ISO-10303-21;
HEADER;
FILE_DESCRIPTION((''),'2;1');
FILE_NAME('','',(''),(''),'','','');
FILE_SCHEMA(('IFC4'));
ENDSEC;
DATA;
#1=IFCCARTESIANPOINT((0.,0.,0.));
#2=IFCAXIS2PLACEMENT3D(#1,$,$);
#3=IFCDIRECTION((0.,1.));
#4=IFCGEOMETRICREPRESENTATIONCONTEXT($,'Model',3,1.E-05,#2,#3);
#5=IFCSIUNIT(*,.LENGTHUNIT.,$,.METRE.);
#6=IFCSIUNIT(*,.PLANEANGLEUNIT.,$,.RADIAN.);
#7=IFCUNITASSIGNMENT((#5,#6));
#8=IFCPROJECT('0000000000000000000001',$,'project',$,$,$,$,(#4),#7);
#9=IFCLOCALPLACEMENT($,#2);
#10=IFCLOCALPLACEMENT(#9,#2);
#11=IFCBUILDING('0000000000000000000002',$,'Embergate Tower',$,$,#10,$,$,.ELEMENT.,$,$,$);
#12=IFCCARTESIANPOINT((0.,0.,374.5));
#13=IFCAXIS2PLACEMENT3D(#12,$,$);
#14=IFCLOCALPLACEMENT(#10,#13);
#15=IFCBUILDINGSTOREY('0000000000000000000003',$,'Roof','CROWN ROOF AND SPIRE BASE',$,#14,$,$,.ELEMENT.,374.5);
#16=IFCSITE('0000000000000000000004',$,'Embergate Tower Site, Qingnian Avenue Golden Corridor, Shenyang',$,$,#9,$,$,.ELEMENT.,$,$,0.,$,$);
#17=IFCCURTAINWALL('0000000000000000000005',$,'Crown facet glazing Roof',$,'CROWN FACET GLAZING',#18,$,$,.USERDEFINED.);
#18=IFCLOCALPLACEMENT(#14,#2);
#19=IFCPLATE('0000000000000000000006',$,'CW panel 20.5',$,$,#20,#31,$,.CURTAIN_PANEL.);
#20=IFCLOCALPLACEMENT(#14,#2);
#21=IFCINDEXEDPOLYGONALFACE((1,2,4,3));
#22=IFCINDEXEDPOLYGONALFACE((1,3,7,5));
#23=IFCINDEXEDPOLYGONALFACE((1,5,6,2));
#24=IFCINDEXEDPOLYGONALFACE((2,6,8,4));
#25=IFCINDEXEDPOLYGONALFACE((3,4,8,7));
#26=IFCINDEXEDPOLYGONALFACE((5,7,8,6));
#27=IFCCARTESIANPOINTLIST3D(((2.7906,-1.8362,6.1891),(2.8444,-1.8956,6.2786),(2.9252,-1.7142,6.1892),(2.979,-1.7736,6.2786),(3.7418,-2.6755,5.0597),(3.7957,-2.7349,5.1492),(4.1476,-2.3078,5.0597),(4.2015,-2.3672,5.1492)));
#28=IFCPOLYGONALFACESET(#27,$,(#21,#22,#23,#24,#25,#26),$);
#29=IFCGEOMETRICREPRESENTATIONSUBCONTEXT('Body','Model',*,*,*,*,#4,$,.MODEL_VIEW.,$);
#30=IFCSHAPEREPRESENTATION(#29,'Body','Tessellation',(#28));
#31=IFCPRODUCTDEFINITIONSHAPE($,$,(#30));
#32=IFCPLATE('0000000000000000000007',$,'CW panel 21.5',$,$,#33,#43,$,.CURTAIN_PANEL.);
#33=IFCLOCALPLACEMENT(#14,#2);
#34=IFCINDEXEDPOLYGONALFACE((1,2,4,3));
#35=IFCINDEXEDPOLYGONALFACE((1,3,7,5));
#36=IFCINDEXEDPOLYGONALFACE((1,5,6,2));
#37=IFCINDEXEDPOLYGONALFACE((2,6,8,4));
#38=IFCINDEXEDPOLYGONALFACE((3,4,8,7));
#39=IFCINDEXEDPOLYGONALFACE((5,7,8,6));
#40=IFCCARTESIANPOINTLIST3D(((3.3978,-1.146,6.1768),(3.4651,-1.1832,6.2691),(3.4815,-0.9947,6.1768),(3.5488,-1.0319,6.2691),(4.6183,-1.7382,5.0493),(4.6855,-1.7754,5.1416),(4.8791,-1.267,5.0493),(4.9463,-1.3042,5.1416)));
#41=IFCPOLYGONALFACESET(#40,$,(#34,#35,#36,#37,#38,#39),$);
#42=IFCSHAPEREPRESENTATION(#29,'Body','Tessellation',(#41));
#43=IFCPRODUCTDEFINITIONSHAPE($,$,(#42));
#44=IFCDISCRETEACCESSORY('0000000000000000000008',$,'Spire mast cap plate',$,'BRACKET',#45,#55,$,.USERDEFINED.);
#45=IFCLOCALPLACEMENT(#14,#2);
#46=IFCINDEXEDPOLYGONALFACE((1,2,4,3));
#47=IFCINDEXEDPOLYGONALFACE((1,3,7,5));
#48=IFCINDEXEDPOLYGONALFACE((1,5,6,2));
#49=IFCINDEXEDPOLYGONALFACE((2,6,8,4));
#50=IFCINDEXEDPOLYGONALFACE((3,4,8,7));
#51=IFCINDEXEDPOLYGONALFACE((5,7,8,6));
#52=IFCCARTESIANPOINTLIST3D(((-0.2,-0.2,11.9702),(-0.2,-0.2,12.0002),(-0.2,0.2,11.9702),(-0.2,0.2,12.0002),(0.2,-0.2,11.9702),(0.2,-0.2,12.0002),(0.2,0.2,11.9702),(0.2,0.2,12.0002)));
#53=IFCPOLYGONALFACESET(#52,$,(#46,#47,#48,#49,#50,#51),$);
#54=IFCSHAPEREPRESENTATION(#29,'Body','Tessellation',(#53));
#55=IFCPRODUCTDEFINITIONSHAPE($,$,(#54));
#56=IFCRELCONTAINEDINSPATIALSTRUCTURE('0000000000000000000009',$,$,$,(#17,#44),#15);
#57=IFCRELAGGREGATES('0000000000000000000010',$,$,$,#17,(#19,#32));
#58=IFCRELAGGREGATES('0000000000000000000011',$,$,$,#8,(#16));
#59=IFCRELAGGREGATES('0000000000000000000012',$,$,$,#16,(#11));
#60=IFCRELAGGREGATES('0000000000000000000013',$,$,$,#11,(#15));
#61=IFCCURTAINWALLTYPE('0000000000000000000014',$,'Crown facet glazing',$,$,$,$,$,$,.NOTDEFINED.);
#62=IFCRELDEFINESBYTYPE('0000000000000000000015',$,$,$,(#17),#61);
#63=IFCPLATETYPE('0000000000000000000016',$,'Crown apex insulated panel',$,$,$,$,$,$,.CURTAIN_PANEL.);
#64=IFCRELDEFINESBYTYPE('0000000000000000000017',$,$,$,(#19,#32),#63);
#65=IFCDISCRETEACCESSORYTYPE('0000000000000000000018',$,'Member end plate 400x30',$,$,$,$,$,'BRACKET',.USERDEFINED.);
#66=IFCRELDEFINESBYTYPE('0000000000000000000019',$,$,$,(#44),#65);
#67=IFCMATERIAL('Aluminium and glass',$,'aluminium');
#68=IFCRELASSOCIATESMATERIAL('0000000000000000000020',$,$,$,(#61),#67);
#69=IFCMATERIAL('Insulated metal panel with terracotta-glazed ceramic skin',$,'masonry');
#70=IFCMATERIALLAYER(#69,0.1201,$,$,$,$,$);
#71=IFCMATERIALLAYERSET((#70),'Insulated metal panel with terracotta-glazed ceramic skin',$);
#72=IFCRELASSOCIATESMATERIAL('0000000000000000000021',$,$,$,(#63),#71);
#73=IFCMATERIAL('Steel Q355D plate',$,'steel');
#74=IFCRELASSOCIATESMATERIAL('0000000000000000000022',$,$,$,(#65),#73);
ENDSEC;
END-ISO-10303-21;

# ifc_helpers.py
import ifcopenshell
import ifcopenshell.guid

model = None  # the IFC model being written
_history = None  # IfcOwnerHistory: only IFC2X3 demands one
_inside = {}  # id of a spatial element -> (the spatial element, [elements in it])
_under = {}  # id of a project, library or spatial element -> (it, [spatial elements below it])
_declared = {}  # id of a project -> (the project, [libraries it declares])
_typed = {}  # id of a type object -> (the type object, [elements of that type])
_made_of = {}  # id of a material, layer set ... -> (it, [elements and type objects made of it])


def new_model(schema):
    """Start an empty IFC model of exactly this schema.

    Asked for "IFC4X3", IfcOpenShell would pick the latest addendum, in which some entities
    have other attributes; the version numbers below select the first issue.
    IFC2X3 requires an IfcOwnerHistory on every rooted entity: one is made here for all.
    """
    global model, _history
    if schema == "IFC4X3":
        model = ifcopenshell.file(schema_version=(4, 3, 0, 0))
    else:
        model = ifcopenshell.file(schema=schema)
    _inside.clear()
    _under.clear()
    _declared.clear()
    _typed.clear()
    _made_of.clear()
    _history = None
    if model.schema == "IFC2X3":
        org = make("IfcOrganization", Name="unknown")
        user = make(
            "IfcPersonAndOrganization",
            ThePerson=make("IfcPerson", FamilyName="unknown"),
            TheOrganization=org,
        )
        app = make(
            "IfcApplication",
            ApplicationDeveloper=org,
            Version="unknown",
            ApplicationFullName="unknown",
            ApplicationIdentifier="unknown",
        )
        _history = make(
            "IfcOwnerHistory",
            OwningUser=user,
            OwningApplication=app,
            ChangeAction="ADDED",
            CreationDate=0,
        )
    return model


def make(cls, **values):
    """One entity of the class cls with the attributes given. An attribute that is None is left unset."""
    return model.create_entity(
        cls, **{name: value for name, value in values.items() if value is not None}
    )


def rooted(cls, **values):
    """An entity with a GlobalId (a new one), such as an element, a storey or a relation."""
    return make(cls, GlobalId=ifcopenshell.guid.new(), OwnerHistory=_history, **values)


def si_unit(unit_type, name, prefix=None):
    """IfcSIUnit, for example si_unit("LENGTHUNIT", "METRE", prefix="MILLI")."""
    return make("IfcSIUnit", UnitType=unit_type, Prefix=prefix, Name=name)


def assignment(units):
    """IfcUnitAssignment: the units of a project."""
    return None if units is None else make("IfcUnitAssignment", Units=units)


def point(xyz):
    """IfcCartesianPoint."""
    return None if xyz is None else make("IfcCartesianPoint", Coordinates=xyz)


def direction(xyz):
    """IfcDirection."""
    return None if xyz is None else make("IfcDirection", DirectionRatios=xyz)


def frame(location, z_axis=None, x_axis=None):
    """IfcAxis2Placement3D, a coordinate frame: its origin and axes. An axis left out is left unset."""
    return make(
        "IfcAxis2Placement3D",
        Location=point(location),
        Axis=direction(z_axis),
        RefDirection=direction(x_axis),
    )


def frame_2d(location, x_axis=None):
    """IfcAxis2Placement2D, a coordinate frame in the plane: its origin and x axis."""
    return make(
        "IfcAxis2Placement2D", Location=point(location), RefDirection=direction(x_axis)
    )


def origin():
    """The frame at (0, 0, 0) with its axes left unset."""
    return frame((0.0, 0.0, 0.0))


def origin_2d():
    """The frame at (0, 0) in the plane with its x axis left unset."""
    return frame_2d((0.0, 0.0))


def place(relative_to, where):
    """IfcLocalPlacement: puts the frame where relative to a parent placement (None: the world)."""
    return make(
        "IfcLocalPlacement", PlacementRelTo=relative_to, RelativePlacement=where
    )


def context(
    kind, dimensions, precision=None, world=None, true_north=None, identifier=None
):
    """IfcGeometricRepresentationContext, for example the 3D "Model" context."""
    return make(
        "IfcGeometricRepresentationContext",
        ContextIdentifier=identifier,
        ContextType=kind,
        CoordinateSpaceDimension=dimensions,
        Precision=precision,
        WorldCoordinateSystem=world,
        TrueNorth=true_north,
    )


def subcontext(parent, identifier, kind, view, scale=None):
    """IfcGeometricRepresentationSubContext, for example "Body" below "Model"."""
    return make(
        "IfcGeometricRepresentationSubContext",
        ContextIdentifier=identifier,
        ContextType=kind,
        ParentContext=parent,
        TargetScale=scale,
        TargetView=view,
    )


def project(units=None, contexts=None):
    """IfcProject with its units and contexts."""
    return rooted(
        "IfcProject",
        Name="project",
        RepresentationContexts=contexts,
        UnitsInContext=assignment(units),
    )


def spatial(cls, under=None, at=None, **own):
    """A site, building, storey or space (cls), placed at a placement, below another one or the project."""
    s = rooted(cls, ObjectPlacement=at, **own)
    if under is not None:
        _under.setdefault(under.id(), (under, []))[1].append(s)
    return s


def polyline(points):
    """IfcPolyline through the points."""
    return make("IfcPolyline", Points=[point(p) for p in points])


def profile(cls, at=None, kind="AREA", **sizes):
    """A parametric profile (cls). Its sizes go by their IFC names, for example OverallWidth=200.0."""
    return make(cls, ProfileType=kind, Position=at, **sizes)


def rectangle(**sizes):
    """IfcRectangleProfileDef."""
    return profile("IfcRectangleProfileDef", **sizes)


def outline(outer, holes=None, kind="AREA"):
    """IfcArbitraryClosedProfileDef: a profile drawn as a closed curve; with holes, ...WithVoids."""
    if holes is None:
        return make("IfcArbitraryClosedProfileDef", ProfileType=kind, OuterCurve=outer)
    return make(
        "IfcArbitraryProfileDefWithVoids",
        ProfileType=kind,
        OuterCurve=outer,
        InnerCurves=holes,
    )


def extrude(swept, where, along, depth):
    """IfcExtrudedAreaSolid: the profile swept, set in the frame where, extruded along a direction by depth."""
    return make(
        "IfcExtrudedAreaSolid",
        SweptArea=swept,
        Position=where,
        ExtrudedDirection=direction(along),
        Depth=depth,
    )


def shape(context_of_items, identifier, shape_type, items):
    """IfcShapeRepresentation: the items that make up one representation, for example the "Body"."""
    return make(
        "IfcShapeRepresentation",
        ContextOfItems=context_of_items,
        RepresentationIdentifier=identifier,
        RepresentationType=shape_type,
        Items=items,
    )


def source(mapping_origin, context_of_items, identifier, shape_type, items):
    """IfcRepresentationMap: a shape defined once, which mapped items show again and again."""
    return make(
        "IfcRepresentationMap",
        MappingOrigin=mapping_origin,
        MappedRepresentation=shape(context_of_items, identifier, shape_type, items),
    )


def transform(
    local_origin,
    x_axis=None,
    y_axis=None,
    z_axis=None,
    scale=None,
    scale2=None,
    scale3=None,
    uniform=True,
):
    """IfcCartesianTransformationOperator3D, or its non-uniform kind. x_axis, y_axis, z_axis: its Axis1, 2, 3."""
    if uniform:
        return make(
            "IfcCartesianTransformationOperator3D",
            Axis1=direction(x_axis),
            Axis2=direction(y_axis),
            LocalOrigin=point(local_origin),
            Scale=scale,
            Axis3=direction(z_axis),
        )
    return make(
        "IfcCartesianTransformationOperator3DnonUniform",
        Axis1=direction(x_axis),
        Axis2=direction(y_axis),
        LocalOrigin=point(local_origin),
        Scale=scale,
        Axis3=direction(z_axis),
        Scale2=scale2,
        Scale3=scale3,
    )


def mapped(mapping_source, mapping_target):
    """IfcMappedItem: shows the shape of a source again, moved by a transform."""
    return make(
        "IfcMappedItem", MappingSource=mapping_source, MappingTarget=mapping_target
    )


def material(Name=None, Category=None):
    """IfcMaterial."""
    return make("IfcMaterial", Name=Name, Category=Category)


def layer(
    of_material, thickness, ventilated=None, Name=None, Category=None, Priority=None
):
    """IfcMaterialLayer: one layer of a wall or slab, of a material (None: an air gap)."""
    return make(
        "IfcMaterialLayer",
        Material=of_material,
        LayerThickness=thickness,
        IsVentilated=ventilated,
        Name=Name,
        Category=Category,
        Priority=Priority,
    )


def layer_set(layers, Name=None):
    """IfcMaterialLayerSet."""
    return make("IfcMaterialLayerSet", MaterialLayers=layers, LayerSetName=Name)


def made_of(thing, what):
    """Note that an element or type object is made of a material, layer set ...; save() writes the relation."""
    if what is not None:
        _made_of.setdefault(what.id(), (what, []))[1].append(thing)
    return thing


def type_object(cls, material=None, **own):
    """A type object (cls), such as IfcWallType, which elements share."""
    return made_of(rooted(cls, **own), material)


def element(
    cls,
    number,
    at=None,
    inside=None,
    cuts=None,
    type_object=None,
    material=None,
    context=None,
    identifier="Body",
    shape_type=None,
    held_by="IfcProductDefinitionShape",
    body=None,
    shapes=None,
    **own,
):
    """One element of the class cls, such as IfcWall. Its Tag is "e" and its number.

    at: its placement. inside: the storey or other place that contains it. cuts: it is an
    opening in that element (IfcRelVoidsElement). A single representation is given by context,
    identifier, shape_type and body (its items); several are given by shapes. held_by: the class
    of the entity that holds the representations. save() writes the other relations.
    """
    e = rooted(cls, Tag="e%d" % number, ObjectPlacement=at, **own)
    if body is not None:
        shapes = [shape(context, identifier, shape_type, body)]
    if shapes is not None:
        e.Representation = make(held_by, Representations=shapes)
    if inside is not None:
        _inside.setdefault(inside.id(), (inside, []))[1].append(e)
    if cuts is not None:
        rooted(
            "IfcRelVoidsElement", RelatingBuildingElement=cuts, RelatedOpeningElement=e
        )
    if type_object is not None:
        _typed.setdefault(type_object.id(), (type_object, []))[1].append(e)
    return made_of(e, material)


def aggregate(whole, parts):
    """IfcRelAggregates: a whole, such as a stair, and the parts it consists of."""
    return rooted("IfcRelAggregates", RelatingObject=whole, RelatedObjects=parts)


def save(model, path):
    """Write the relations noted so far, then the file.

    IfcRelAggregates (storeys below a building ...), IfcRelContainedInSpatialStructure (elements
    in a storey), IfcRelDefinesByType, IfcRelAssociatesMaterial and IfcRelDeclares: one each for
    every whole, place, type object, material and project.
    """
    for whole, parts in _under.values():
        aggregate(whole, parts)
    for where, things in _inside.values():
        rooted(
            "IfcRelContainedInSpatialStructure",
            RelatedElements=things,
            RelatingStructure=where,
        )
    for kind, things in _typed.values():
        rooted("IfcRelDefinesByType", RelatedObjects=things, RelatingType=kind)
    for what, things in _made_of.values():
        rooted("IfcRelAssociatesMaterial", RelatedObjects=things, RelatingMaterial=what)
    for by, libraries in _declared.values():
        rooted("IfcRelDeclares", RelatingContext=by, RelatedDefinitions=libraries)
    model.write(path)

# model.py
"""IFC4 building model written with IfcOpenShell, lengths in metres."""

from ifc_helpers import new_model, si_unit, direction, frame, origin, origin_2d, place, context, subcontext, project, spatial, polyline, rectangle, outline, extrude, source, transform, mapped, material, layer, layer_set, type_object, element, aggregate, save


model = new_model("IFC4")

# Units and contexts
model_context = context("Model", 3, precision=1e-05, world=origin(), true_north=direction((0.0, 1.0)))
body_context = subcontext(model_context, "Body", "Model", "MODEL_VIEW")
ifc_project = project(units=[si_unit("LENGTHUNIT", "METRE"), si_unit("PLANEANGLEUNIT", "RADIAN")], contexts=[model_context])

# Site, building, storey
site_placement = place(None, origin())
site = spatial("IfcSite", under=ifc_project, at=site_placement, Name="Embergate Tower Site, Qingnian Avenue Golden Corridor, Shenyang", CompositionType="ELEMENT", RefElevation=0.0)
building_placement = place(site_placement, origin())
building = spatial("IfcBuilding", under=site, at=building_placement, Name="Embergate Tower", CompositionType="ELEMENT")
storey_placement = place(building_placement, frame((0.0, 0.0, 374.5)))
storey = spatial("IfcBuildingStorey", under=building, at=storey_placement, Name="Roof", Description="CROWN ROOF AND SPIRE BASE", CompositionType="ELEMENT", Elevation=374.5)

# Curtain wall, plates
ifc_material_1 = material(Name="Aluminium and glass", Category="aluminium")
curtain_wall_type = type_object("IfcCurtainWallType", Name="Crown facet glazing", PredefinedType="NOTDEFINED", material=ifc_material_1)
curtain_wall_placement = place(storey_placement, origin())
curtain_wall = element("IfcCurtainWall", 1, at=curtain_wall_placement, inside=storey, type_object=curtain_wall_type, Name="Crown facet glazing Roof", ObjectType="CROWN FACET GLAZING", PredefinedType="USERDEFINED")
ifc_material_2 = material(Name="Insulated metal panel with terracotta-glazed ceramic skin", Category="masonry")
ifc_layer = layer(ifc_material_2, 0.1201)
ifc_layer_set = layer_set([ifc_layer], Name="Insulated metal panel with terracotta-glazed ceramic skin")
plate_type = type_object("IfcPlateType", Name="Crown apex insulated panel", PredefinedType="CURTAIN_PANEL", material=ifc_layer_set)
shared_shape_1 = source(origin(), body_context, "Body", "SweptSolid", [
    extrude(outline(polyline([(0.0, 0.0), (0.5476, 0.0), (0.0403, 1.6926), (-0.1414, 1.6926), (0.0, 0.0)])), origin(), (0.0, 0.0, -1.0), 0.1201),
])
plate_1_placement = place(storey_placement, frame((3.7957, -2.7349, 5.1492), z_axis=(0.448024, -0.494502, 0.74481), x_axis=(0.741049, 0.67145, 0.000035)))
plate_1 = element("IfcPlate", 2, at=plate_1_placement, type_object=plate_type, Name="CW panel 20.5", PredefinedType="CURTAIN_PANEL", context=body_context, shape_type="MappedRepresentation", body=[
    mapped(shared_shape_1, transform((0.0, 0.0, 0.0))),
])
shared_shape_2 = source(origin(), body_context, "Body", "SweptSolid", [
    extrude(outline(polyline([(0.0, 0.0), (0.5386, 0.0), (0.1001, 1.7625), (-0.0728, 1.7625), (0.0, 0.0)])), origin(), (0.0, 0.0, -1.0), 0.1201),
])
plate_2_placement = place(storey_placement, frame((4.6855, -1.7754, 5.1416), z_axis=(0.559702, -0.309823, 0.768598), x_axis=(0.48423, 0.874941, 0.000069)))
plate_2 = element("IfcPlate", 3, at=plate_2_placement, type_object=plate_type, Name="CW panel 21.5", PredefinedType="CURTAIN_PANEL", context=body_context, shape_type="MappedRepresentation", body=[
    mapped(shared_shape_2, transform((0.0, 0.0, 0.0))),
])
aggregate(curtain_wall, [plate_1, plate_2])

# Discrete accessory
ifc_material_3 = material(Name="Steel Q355D plate", Category="steel")
discrete_accessory_type = type_object("IfcDiscreteAccessoryType", Name="Member end plate 400x30", ElementType="BRACKET", PredefinedType="USERDEFINED", material=ifc_material_3)
shared_shape_3 = source(origin(), body_context, "Body", "SweptSolid", [
    extrude(rectangle(XDim=0.3999, YDim=0.3999, at=origin_2d()), origin(), (0.0, 0.0, 1.0), 0.03),
])
discrete_accessory_placement = place(storey_placement, frame((0.0, 0.0, 11.9702), z_axis=(0.0, 0.0, 1.0), x_axis=(1.0, 0.0, 0.0)))
element("IfcDiscreteAccessory", 4, at=discrete_accessory_placement, inside=storey, type_object=discrete_accessory_type, Name="Spire mast cap plate", ObjectType="BRACKET", PredefinedType="USERDEFINED", context=body_context, shape_type="MappedRepresentation", body=[
    mapped(shared_shape_3, transform((0.0, 0.0, 0.0))),
])

save(model, "model.ifc")
